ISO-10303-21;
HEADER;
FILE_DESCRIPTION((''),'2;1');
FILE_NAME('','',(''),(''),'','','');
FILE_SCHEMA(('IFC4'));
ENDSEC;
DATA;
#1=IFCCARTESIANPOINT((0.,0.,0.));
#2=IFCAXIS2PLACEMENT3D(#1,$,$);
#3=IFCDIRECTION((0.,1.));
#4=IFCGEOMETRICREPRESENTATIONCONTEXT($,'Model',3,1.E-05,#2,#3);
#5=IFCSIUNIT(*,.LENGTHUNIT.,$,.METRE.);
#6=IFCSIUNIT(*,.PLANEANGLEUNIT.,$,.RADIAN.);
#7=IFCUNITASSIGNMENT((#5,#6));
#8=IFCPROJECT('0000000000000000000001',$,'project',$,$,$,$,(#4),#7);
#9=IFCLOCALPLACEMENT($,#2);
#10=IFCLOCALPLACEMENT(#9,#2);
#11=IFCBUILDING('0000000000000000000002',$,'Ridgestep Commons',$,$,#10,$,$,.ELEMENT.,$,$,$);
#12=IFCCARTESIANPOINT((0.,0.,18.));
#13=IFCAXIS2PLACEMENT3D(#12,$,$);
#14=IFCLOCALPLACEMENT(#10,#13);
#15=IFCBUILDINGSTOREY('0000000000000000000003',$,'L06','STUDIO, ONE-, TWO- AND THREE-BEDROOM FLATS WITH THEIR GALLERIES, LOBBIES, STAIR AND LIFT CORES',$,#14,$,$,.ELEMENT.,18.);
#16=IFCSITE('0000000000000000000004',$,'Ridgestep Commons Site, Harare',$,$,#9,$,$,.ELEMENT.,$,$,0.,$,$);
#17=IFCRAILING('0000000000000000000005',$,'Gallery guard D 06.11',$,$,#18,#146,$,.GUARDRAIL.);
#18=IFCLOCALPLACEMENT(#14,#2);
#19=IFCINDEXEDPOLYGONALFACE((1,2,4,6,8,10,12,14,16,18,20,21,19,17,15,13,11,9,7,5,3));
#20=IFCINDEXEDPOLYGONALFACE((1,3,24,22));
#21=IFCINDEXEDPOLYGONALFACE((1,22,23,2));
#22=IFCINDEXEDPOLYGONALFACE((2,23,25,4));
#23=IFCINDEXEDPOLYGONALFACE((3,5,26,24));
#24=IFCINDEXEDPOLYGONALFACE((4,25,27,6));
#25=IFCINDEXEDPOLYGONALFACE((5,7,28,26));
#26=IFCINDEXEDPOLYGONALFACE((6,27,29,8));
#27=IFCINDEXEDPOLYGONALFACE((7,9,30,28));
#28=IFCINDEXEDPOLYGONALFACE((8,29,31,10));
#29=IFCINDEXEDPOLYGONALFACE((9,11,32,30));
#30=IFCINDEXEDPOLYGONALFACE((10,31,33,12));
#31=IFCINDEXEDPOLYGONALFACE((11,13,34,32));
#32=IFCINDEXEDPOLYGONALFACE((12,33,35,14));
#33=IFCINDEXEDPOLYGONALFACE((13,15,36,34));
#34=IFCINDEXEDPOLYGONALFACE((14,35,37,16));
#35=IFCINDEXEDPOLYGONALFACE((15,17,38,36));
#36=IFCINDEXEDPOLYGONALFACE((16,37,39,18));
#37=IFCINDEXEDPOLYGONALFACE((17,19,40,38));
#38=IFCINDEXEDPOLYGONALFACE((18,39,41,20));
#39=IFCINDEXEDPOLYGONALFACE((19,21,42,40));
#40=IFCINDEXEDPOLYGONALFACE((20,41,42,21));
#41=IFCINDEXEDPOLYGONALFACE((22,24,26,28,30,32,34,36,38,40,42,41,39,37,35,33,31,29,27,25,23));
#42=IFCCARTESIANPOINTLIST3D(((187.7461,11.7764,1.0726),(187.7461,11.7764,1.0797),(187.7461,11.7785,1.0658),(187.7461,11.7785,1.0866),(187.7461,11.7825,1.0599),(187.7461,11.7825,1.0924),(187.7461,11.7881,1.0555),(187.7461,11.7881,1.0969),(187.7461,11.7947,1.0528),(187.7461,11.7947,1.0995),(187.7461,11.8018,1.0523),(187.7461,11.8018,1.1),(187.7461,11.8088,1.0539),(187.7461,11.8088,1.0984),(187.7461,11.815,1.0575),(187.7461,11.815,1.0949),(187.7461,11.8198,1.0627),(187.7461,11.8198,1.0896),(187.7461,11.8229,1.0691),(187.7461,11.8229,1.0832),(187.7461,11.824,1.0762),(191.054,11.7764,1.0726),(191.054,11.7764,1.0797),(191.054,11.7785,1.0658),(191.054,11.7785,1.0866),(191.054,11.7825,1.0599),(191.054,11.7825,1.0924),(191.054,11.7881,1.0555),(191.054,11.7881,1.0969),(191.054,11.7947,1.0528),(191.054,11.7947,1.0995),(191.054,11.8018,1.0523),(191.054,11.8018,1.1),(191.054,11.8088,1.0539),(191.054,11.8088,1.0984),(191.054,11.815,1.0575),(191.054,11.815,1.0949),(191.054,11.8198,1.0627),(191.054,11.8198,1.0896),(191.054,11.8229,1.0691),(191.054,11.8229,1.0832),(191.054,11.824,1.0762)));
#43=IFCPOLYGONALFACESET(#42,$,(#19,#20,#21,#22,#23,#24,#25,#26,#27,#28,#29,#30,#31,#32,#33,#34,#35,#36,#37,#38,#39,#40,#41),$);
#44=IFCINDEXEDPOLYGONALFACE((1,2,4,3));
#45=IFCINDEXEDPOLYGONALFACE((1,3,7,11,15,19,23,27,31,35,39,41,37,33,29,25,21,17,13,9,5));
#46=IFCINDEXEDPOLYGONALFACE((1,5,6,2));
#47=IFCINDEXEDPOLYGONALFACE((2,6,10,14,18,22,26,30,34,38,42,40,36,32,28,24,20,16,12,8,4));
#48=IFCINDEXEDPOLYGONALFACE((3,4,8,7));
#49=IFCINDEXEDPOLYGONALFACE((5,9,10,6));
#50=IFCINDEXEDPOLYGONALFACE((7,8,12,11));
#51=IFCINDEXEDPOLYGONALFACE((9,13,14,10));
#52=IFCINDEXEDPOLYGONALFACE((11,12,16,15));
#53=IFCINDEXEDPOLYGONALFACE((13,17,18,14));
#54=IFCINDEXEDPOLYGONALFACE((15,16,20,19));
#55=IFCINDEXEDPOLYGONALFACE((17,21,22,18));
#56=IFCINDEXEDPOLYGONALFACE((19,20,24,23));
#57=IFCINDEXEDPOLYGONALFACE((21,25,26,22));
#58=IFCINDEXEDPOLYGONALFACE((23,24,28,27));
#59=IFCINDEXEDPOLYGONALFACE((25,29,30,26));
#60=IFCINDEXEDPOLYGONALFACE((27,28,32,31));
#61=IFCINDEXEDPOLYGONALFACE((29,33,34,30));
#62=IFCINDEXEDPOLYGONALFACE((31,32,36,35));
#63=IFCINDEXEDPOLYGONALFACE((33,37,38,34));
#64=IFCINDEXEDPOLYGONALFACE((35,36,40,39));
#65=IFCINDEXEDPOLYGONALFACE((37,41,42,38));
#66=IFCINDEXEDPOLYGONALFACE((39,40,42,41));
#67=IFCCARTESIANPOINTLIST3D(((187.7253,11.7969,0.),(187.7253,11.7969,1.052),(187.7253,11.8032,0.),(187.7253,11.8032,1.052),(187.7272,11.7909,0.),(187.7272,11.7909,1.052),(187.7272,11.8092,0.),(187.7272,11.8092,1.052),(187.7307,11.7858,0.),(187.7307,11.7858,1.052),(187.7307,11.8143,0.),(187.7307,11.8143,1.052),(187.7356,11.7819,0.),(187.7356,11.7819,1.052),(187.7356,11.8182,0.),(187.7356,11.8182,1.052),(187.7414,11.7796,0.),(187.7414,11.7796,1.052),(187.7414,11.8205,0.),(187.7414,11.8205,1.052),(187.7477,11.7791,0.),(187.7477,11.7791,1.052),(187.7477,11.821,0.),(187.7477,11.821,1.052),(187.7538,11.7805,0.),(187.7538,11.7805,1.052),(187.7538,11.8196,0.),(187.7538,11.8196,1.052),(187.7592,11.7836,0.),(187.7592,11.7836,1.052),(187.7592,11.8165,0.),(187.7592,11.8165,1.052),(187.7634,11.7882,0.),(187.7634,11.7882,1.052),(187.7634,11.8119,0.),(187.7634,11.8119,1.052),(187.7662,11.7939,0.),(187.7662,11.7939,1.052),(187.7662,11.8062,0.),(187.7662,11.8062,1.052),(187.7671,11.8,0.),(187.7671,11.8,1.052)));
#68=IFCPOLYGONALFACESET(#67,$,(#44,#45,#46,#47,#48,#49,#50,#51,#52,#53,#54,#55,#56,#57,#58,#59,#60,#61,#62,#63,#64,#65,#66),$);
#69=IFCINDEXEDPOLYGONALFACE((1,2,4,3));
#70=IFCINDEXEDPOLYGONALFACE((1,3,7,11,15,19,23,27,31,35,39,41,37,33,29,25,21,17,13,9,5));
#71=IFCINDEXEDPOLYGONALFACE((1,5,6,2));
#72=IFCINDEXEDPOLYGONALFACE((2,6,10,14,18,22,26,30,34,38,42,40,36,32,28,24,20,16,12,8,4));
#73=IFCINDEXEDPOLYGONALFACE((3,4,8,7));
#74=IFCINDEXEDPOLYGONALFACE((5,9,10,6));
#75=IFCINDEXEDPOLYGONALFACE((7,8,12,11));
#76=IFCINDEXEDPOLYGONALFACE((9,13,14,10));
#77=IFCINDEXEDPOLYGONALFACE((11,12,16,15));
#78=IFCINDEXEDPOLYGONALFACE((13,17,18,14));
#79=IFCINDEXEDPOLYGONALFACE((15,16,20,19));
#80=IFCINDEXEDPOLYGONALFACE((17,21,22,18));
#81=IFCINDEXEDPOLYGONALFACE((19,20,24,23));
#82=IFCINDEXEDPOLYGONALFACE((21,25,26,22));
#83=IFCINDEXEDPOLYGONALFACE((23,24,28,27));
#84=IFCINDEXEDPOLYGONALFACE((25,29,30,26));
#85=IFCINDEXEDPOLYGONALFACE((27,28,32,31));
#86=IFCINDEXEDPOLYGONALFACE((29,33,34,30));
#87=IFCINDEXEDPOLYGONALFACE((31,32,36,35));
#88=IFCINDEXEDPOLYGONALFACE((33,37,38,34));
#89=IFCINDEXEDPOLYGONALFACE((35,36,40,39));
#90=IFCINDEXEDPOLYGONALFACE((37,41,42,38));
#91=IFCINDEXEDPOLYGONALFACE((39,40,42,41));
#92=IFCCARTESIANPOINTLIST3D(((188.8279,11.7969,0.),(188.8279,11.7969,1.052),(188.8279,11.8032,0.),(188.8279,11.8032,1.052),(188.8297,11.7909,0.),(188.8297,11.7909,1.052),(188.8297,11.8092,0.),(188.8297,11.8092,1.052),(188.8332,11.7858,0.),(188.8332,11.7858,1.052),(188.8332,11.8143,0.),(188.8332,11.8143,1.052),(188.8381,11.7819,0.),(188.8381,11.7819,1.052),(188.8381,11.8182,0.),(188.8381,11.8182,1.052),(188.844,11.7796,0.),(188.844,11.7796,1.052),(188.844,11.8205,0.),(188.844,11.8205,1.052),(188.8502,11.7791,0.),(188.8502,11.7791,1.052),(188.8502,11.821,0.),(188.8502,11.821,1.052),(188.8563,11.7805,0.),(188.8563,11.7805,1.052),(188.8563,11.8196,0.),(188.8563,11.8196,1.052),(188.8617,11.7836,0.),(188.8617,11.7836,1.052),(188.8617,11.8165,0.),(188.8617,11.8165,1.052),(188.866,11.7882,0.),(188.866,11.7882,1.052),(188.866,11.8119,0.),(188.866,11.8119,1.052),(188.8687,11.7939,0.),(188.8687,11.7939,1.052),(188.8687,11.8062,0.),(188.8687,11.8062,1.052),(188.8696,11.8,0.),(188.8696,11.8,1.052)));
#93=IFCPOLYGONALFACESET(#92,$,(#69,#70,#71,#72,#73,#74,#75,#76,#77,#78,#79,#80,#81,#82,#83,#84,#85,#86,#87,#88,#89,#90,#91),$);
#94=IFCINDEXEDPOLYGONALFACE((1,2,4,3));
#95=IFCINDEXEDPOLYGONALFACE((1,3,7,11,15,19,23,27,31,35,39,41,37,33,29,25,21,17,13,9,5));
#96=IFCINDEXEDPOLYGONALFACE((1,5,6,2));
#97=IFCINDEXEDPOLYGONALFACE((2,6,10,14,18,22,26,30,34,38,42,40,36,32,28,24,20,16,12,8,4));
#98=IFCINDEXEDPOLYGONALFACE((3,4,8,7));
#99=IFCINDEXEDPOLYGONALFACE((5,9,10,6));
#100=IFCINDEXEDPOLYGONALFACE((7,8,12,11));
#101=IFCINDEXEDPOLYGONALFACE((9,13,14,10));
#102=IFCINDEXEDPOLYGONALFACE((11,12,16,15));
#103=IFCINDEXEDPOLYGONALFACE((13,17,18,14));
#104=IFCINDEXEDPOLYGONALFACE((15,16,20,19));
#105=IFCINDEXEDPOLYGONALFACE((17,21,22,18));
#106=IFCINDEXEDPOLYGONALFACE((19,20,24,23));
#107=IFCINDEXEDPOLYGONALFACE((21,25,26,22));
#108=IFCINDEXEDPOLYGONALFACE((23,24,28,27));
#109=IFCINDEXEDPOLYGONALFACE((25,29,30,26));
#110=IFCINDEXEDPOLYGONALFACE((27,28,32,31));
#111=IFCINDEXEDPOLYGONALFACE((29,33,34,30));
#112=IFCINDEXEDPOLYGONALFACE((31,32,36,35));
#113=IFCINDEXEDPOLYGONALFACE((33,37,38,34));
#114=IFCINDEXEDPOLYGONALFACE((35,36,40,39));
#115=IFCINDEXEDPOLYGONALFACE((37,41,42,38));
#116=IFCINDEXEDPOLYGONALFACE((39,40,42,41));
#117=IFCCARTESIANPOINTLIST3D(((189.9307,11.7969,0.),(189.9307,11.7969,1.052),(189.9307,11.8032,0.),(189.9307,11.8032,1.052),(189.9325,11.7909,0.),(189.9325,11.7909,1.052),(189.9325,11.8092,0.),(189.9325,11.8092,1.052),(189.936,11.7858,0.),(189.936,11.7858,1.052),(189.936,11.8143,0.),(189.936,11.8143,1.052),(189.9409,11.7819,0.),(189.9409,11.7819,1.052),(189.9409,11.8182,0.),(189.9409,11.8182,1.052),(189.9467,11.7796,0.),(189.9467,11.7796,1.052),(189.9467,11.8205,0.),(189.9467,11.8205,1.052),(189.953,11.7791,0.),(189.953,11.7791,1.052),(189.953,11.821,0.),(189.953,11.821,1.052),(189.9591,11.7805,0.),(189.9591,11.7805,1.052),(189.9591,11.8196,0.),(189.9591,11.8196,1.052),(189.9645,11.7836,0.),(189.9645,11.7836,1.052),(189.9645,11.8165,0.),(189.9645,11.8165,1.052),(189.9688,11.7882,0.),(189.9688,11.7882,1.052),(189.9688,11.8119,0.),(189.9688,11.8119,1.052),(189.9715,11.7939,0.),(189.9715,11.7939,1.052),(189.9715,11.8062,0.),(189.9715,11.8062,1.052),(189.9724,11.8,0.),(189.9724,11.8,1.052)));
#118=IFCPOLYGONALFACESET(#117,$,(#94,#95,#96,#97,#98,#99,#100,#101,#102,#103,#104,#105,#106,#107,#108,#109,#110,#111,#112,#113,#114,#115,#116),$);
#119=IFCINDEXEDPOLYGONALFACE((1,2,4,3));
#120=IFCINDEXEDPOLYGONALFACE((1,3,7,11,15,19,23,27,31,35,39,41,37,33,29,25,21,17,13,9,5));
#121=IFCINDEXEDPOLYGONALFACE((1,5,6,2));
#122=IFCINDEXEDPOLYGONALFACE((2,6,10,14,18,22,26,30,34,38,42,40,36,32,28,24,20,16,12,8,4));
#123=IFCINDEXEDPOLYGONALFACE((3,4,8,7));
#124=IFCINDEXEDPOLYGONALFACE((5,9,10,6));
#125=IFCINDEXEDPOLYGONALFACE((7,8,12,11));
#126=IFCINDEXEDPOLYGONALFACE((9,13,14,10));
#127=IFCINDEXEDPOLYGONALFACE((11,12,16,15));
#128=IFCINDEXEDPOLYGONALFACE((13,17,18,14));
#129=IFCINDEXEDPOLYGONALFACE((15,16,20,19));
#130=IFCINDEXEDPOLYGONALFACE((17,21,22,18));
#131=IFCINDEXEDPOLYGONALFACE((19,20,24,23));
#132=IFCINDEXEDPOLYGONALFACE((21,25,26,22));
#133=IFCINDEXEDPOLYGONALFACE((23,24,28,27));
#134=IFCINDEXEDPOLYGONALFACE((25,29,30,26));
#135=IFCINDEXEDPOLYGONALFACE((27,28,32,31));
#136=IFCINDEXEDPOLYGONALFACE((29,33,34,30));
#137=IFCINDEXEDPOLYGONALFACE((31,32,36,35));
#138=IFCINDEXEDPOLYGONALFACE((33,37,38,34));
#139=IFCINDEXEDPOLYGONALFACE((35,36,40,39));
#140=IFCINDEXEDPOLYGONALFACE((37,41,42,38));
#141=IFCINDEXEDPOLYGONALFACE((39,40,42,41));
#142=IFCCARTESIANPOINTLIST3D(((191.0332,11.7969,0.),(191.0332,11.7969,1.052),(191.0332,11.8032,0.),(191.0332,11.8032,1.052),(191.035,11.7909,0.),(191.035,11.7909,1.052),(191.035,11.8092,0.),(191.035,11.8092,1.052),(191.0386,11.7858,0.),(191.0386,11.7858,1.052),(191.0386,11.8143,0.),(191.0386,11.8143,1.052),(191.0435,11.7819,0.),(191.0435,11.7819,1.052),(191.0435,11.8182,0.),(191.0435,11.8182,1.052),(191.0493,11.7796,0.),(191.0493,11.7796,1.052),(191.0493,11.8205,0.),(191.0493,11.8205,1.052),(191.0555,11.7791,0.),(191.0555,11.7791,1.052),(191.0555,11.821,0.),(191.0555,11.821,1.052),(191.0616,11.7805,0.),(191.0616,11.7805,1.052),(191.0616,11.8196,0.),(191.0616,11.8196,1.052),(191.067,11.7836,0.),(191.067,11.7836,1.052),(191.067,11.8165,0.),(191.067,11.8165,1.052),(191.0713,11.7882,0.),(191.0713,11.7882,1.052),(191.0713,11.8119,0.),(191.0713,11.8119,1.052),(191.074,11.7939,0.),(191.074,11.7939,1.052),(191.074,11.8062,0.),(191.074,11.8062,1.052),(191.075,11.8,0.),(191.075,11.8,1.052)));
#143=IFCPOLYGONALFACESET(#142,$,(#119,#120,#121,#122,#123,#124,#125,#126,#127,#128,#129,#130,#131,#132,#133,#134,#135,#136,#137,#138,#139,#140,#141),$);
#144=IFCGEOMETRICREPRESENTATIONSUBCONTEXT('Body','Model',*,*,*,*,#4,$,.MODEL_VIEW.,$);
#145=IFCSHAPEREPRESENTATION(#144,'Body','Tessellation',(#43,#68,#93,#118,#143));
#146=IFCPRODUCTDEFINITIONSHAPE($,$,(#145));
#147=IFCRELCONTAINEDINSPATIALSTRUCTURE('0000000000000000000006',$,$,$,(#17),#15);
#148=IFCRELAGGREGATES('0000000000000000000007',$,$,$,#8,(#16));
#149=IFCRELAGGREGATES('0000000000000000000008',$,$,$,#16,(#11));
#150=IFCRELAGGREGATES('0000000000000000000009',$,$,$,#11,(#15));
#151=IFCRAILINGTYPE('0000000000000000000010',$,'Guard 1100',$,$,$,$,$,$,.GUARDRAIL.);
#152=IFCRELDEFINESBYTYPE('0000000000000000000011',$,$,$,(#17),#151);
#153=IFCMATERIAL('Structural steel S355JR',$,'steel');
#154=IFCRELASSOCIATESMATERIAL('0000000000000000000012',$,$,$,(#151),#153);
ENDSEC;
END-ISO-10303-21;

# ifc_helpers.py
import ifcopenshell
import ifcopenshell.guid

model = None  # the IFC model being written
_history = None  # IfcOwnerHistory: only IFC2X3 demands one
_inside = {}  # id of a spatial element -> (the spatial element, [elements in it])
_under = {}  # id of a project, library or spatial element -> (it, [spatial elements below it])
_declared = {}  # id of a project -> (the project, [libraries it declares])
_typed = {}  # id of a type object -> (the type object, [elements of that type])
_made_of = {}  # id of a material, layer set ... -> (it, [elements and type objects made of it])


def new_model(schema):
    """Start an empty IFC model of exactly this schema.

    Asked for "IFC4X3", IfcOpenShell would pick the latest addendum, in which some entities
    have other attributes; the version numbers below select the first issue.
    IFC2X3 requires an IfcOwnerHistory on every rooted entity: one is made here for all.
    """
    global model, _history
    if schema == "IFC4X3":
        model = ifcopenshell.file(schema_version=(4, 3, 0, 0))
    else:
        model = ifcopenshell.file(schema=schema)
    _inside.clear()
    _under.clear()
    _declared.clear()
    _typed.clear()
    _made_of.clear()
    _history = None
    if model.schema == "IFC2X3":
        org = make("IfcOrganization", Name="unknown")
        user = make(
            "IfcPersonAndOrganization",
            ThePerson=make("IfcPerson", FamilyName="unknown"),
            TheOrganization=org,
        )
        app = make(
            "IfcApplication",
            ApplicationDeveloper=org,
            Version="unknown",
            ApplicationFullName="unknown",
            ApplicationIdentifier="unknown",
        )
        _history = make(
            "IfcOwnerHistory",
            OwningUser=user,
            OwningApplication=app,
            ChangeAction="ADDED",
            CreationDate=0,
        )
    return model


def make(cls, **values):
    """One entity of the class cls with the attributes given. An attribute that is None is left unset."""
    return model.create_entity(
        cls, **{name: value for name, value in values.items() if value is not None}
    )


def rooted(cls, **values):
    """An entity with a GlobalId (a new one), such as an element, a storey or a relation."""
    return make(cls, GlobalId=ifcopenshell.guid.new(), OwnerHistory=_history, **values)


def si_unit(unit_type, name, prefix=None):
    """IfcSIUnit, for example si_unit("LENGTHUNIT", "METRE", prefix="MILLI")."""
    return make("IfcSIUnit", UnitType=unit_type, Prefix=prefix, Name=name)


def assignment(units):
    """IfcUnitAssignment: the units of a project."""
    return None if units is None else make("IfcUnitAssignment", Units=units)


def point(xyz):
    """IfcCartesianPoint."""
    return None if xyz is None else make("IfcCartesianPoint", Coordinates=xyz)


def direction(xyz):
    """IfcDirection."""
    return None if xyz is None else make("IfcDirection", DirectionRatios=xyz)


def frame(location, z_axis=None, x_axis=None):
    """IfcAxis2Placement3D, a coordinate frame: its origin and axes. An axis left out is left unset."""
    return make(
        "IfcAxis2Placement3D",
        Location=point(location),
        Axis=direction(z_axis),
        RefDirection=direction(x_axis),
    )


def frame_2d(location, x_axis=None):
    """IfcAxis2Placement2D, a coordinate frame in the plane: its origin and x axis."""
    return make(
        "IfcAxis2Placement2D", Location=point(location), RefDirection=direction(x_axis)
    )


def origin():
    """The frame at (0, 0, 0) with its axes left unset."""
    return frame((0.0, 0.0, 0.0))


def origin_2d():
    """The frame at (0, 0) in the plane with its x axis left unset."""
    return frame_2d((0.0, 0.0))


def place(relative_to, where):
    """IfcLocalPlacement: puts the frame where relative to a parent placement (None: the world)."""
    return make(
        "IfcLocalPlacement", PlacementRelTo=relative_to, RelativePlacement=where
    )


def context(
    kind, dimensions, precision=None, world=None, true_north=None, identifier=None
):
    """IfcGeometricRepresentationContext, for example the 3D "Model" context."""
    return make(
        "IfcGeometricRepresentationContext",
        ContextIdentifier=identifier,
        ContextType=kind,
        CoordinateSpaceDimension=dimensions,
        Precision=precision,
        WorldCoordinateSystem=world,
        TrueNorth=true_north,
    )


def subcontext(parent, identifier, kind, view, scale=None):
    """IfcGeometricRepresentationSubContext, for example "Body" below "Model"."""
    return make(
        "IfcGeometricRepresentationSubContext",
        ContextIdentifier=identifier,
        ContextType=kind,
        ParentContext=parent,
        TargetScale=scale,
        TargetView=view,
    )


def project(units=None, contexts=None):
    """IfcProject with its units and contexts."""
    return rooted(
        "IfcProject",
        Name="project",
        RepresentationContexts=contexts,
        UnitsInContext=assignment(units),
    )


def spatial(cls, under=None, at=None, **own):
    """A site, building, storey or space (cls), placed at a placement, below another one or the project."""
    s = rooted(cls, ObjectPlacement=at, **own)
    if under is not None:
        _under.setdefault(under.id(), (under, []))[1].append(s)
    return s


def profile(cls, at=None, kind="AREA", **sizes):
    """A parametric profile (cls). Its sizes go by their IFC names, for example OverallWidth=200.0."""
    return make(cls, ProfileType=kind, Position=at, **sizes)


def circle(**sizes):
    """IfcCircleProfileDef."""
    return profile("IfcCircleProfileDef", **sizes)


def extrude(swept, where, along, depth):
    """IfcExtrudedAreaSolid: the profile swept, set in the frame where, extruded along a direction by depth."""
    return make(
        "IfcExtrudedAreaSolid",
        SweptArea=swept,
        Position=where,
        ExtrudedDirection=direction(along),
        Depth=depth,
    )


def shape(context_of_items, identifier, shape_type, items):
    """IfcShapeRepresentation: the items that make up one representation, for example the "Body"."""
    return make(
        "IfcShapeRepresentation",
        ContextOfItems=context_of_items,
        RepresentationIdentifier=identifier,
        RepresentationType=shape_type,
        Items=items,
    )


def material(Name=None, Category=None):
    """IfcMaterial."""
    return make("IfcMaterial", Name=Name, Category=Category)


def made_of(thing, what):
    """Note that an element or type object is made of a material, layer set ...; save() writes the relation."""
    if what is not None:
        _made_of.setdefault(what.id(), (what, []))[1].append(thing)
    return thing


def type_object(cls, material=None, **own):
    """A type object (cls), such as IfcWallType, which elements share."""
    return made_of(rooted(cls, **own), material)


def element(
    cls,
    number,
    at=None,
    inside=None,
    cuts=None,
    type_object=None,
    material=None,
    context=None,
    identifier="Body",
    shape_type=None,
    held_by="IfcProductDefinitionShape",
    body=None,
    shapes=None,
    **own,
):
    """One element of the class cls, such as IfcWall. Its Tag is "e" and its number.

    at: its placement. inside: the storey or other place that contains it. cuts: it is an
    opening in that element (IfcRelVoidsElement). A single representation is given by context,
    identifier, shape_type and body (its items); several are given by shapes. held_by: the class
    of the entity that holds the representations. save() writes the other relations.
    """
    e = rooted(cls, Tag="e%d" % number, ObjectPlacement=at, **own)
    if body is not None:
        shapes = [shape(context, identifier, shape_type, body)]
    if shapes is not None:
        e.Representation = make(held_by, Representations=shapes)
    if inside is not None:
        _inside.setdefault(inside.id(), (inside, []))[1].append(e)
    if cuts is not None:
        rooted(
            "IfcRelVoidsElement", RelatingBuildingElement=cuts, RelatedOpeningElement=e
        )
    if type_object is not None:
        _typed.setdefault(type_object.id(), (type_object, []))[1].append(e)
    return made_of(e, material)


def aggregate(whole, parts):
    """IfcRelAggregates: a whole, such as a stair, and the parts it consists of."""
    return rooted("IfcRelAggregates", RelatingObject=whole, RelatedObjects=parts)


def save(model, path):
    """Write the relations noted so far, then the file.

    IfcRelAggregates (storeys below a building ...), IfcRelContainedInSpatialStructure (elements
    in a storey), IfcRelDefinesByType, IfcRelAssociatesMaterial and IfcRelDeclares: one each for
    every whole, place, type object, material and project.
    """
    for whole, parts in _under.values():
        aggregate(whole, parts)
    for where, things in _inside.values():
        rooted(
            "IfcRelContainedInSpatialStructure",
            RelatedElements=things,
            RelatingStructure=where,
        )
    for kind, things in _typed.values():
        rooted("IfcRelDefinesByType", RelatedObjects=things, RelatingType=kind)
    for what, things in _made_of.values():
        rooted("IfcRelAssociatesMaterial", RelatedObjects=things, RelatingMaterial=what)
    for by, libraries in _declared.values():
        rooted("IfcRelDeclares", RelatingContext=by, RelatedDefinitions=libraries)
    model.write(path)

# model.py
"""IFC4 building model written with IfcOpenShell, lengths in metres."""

from ifc_helpers import new_model, si_unit, direction, frame, origin, origin_2d, place, context, subcontext, project, spatial, circle, extrude, material, type_object, element, save


model = new_model("IFC4")

# Units and contexts
model_context = context("Model", 3, precision=1e-05, world=origin(), true_north=direction((0.0, 1.0)))
body_context = subcontext(model_context, "Body", "Model", "MODEL_VIEW")
ifc_project = project(units=[si_unit("LENGTHUNIT", "METRE"), si_unit("PLANEANGLEUNIT", "RADIAN")], contexts=[model_context])

# Site, building, storey
site_placement = place(None, origin())
site = spatial("IfcSite", under=ifc_project, at=site_placement, Name="Ridgestep Commons Site, Harare", CompositionType="ELEMENT", RefElevation=0.0)
building_placement = place(site_placement, origin())
building = spatial("IfcBuilding", under=site, at=building_placement, Name="Ridgestep Commons", CompositionType="ELEMENT")
storey_placement = place(building_placement, frame((0.0, 0.0, 18.0)))
storey = spatial("IfcBuildingStorey", under=building, at=storey_placement, Name="L06", Description="STUDIO, ONE-, TWO- AND THREE-BEDROOM FLATS WITH THEIR GALLERIES, LOBBIES, STAIR AND LIFT CORES", CompositionType="ELEMENT", Elevation=18.0)

# Railing
ifc_material_1 = material(Name="Structural steel S355JR", Category="steel")
railing_type_1 = type_object("IfcRailingType", Name="Guard 1100", PredefinedType="GUARDRAIL", material=ifc_material_1)
railing_1_placement = place(storey_placement, frame((187.7461, 11.8, 0.0)))
element("IfcRailing", 1, at=railing_1_placement, inside=storey, type_object=railing_type_1, Name="Gallery guard D 06.11", PredefinedType="GUARDRAIL", context=body_context, shape_type="SweptSolid", body=[
    extrude(circle(Radius=0.0239, at=origin_2d()), frame((0.0, 0.0, 1.0762), z_axis=(1.0, 0.0, 0.0), x_axis=(0.0, 1.0, 0.0)), (0.0, 0.0, 1.0), 3.3079),
    extrude(circle(Radius=0.021, at=origin_2d()), origin(), (0.0, 0.0, 1.0), 1.052),
    extrude(circle(Radius=0.021, at=origin_2d()), frame((1.1025, 0.0, 0.0)), (0.0, 0.0, 1.0), 1.052),
    extrude(circle(Radius=0.021, at=origin_2d()), frame((2.2053, 0.0, 0.0)), (0.0, 0.0, 1.0), 1.052),
    extrude(circle(Radius=0.021, at=origin_2d()), frame((3.3079, 0.0, 0.0)), (0.0, 0.0, 1.0), 1.052),
])

save(model, "model.ifc")
